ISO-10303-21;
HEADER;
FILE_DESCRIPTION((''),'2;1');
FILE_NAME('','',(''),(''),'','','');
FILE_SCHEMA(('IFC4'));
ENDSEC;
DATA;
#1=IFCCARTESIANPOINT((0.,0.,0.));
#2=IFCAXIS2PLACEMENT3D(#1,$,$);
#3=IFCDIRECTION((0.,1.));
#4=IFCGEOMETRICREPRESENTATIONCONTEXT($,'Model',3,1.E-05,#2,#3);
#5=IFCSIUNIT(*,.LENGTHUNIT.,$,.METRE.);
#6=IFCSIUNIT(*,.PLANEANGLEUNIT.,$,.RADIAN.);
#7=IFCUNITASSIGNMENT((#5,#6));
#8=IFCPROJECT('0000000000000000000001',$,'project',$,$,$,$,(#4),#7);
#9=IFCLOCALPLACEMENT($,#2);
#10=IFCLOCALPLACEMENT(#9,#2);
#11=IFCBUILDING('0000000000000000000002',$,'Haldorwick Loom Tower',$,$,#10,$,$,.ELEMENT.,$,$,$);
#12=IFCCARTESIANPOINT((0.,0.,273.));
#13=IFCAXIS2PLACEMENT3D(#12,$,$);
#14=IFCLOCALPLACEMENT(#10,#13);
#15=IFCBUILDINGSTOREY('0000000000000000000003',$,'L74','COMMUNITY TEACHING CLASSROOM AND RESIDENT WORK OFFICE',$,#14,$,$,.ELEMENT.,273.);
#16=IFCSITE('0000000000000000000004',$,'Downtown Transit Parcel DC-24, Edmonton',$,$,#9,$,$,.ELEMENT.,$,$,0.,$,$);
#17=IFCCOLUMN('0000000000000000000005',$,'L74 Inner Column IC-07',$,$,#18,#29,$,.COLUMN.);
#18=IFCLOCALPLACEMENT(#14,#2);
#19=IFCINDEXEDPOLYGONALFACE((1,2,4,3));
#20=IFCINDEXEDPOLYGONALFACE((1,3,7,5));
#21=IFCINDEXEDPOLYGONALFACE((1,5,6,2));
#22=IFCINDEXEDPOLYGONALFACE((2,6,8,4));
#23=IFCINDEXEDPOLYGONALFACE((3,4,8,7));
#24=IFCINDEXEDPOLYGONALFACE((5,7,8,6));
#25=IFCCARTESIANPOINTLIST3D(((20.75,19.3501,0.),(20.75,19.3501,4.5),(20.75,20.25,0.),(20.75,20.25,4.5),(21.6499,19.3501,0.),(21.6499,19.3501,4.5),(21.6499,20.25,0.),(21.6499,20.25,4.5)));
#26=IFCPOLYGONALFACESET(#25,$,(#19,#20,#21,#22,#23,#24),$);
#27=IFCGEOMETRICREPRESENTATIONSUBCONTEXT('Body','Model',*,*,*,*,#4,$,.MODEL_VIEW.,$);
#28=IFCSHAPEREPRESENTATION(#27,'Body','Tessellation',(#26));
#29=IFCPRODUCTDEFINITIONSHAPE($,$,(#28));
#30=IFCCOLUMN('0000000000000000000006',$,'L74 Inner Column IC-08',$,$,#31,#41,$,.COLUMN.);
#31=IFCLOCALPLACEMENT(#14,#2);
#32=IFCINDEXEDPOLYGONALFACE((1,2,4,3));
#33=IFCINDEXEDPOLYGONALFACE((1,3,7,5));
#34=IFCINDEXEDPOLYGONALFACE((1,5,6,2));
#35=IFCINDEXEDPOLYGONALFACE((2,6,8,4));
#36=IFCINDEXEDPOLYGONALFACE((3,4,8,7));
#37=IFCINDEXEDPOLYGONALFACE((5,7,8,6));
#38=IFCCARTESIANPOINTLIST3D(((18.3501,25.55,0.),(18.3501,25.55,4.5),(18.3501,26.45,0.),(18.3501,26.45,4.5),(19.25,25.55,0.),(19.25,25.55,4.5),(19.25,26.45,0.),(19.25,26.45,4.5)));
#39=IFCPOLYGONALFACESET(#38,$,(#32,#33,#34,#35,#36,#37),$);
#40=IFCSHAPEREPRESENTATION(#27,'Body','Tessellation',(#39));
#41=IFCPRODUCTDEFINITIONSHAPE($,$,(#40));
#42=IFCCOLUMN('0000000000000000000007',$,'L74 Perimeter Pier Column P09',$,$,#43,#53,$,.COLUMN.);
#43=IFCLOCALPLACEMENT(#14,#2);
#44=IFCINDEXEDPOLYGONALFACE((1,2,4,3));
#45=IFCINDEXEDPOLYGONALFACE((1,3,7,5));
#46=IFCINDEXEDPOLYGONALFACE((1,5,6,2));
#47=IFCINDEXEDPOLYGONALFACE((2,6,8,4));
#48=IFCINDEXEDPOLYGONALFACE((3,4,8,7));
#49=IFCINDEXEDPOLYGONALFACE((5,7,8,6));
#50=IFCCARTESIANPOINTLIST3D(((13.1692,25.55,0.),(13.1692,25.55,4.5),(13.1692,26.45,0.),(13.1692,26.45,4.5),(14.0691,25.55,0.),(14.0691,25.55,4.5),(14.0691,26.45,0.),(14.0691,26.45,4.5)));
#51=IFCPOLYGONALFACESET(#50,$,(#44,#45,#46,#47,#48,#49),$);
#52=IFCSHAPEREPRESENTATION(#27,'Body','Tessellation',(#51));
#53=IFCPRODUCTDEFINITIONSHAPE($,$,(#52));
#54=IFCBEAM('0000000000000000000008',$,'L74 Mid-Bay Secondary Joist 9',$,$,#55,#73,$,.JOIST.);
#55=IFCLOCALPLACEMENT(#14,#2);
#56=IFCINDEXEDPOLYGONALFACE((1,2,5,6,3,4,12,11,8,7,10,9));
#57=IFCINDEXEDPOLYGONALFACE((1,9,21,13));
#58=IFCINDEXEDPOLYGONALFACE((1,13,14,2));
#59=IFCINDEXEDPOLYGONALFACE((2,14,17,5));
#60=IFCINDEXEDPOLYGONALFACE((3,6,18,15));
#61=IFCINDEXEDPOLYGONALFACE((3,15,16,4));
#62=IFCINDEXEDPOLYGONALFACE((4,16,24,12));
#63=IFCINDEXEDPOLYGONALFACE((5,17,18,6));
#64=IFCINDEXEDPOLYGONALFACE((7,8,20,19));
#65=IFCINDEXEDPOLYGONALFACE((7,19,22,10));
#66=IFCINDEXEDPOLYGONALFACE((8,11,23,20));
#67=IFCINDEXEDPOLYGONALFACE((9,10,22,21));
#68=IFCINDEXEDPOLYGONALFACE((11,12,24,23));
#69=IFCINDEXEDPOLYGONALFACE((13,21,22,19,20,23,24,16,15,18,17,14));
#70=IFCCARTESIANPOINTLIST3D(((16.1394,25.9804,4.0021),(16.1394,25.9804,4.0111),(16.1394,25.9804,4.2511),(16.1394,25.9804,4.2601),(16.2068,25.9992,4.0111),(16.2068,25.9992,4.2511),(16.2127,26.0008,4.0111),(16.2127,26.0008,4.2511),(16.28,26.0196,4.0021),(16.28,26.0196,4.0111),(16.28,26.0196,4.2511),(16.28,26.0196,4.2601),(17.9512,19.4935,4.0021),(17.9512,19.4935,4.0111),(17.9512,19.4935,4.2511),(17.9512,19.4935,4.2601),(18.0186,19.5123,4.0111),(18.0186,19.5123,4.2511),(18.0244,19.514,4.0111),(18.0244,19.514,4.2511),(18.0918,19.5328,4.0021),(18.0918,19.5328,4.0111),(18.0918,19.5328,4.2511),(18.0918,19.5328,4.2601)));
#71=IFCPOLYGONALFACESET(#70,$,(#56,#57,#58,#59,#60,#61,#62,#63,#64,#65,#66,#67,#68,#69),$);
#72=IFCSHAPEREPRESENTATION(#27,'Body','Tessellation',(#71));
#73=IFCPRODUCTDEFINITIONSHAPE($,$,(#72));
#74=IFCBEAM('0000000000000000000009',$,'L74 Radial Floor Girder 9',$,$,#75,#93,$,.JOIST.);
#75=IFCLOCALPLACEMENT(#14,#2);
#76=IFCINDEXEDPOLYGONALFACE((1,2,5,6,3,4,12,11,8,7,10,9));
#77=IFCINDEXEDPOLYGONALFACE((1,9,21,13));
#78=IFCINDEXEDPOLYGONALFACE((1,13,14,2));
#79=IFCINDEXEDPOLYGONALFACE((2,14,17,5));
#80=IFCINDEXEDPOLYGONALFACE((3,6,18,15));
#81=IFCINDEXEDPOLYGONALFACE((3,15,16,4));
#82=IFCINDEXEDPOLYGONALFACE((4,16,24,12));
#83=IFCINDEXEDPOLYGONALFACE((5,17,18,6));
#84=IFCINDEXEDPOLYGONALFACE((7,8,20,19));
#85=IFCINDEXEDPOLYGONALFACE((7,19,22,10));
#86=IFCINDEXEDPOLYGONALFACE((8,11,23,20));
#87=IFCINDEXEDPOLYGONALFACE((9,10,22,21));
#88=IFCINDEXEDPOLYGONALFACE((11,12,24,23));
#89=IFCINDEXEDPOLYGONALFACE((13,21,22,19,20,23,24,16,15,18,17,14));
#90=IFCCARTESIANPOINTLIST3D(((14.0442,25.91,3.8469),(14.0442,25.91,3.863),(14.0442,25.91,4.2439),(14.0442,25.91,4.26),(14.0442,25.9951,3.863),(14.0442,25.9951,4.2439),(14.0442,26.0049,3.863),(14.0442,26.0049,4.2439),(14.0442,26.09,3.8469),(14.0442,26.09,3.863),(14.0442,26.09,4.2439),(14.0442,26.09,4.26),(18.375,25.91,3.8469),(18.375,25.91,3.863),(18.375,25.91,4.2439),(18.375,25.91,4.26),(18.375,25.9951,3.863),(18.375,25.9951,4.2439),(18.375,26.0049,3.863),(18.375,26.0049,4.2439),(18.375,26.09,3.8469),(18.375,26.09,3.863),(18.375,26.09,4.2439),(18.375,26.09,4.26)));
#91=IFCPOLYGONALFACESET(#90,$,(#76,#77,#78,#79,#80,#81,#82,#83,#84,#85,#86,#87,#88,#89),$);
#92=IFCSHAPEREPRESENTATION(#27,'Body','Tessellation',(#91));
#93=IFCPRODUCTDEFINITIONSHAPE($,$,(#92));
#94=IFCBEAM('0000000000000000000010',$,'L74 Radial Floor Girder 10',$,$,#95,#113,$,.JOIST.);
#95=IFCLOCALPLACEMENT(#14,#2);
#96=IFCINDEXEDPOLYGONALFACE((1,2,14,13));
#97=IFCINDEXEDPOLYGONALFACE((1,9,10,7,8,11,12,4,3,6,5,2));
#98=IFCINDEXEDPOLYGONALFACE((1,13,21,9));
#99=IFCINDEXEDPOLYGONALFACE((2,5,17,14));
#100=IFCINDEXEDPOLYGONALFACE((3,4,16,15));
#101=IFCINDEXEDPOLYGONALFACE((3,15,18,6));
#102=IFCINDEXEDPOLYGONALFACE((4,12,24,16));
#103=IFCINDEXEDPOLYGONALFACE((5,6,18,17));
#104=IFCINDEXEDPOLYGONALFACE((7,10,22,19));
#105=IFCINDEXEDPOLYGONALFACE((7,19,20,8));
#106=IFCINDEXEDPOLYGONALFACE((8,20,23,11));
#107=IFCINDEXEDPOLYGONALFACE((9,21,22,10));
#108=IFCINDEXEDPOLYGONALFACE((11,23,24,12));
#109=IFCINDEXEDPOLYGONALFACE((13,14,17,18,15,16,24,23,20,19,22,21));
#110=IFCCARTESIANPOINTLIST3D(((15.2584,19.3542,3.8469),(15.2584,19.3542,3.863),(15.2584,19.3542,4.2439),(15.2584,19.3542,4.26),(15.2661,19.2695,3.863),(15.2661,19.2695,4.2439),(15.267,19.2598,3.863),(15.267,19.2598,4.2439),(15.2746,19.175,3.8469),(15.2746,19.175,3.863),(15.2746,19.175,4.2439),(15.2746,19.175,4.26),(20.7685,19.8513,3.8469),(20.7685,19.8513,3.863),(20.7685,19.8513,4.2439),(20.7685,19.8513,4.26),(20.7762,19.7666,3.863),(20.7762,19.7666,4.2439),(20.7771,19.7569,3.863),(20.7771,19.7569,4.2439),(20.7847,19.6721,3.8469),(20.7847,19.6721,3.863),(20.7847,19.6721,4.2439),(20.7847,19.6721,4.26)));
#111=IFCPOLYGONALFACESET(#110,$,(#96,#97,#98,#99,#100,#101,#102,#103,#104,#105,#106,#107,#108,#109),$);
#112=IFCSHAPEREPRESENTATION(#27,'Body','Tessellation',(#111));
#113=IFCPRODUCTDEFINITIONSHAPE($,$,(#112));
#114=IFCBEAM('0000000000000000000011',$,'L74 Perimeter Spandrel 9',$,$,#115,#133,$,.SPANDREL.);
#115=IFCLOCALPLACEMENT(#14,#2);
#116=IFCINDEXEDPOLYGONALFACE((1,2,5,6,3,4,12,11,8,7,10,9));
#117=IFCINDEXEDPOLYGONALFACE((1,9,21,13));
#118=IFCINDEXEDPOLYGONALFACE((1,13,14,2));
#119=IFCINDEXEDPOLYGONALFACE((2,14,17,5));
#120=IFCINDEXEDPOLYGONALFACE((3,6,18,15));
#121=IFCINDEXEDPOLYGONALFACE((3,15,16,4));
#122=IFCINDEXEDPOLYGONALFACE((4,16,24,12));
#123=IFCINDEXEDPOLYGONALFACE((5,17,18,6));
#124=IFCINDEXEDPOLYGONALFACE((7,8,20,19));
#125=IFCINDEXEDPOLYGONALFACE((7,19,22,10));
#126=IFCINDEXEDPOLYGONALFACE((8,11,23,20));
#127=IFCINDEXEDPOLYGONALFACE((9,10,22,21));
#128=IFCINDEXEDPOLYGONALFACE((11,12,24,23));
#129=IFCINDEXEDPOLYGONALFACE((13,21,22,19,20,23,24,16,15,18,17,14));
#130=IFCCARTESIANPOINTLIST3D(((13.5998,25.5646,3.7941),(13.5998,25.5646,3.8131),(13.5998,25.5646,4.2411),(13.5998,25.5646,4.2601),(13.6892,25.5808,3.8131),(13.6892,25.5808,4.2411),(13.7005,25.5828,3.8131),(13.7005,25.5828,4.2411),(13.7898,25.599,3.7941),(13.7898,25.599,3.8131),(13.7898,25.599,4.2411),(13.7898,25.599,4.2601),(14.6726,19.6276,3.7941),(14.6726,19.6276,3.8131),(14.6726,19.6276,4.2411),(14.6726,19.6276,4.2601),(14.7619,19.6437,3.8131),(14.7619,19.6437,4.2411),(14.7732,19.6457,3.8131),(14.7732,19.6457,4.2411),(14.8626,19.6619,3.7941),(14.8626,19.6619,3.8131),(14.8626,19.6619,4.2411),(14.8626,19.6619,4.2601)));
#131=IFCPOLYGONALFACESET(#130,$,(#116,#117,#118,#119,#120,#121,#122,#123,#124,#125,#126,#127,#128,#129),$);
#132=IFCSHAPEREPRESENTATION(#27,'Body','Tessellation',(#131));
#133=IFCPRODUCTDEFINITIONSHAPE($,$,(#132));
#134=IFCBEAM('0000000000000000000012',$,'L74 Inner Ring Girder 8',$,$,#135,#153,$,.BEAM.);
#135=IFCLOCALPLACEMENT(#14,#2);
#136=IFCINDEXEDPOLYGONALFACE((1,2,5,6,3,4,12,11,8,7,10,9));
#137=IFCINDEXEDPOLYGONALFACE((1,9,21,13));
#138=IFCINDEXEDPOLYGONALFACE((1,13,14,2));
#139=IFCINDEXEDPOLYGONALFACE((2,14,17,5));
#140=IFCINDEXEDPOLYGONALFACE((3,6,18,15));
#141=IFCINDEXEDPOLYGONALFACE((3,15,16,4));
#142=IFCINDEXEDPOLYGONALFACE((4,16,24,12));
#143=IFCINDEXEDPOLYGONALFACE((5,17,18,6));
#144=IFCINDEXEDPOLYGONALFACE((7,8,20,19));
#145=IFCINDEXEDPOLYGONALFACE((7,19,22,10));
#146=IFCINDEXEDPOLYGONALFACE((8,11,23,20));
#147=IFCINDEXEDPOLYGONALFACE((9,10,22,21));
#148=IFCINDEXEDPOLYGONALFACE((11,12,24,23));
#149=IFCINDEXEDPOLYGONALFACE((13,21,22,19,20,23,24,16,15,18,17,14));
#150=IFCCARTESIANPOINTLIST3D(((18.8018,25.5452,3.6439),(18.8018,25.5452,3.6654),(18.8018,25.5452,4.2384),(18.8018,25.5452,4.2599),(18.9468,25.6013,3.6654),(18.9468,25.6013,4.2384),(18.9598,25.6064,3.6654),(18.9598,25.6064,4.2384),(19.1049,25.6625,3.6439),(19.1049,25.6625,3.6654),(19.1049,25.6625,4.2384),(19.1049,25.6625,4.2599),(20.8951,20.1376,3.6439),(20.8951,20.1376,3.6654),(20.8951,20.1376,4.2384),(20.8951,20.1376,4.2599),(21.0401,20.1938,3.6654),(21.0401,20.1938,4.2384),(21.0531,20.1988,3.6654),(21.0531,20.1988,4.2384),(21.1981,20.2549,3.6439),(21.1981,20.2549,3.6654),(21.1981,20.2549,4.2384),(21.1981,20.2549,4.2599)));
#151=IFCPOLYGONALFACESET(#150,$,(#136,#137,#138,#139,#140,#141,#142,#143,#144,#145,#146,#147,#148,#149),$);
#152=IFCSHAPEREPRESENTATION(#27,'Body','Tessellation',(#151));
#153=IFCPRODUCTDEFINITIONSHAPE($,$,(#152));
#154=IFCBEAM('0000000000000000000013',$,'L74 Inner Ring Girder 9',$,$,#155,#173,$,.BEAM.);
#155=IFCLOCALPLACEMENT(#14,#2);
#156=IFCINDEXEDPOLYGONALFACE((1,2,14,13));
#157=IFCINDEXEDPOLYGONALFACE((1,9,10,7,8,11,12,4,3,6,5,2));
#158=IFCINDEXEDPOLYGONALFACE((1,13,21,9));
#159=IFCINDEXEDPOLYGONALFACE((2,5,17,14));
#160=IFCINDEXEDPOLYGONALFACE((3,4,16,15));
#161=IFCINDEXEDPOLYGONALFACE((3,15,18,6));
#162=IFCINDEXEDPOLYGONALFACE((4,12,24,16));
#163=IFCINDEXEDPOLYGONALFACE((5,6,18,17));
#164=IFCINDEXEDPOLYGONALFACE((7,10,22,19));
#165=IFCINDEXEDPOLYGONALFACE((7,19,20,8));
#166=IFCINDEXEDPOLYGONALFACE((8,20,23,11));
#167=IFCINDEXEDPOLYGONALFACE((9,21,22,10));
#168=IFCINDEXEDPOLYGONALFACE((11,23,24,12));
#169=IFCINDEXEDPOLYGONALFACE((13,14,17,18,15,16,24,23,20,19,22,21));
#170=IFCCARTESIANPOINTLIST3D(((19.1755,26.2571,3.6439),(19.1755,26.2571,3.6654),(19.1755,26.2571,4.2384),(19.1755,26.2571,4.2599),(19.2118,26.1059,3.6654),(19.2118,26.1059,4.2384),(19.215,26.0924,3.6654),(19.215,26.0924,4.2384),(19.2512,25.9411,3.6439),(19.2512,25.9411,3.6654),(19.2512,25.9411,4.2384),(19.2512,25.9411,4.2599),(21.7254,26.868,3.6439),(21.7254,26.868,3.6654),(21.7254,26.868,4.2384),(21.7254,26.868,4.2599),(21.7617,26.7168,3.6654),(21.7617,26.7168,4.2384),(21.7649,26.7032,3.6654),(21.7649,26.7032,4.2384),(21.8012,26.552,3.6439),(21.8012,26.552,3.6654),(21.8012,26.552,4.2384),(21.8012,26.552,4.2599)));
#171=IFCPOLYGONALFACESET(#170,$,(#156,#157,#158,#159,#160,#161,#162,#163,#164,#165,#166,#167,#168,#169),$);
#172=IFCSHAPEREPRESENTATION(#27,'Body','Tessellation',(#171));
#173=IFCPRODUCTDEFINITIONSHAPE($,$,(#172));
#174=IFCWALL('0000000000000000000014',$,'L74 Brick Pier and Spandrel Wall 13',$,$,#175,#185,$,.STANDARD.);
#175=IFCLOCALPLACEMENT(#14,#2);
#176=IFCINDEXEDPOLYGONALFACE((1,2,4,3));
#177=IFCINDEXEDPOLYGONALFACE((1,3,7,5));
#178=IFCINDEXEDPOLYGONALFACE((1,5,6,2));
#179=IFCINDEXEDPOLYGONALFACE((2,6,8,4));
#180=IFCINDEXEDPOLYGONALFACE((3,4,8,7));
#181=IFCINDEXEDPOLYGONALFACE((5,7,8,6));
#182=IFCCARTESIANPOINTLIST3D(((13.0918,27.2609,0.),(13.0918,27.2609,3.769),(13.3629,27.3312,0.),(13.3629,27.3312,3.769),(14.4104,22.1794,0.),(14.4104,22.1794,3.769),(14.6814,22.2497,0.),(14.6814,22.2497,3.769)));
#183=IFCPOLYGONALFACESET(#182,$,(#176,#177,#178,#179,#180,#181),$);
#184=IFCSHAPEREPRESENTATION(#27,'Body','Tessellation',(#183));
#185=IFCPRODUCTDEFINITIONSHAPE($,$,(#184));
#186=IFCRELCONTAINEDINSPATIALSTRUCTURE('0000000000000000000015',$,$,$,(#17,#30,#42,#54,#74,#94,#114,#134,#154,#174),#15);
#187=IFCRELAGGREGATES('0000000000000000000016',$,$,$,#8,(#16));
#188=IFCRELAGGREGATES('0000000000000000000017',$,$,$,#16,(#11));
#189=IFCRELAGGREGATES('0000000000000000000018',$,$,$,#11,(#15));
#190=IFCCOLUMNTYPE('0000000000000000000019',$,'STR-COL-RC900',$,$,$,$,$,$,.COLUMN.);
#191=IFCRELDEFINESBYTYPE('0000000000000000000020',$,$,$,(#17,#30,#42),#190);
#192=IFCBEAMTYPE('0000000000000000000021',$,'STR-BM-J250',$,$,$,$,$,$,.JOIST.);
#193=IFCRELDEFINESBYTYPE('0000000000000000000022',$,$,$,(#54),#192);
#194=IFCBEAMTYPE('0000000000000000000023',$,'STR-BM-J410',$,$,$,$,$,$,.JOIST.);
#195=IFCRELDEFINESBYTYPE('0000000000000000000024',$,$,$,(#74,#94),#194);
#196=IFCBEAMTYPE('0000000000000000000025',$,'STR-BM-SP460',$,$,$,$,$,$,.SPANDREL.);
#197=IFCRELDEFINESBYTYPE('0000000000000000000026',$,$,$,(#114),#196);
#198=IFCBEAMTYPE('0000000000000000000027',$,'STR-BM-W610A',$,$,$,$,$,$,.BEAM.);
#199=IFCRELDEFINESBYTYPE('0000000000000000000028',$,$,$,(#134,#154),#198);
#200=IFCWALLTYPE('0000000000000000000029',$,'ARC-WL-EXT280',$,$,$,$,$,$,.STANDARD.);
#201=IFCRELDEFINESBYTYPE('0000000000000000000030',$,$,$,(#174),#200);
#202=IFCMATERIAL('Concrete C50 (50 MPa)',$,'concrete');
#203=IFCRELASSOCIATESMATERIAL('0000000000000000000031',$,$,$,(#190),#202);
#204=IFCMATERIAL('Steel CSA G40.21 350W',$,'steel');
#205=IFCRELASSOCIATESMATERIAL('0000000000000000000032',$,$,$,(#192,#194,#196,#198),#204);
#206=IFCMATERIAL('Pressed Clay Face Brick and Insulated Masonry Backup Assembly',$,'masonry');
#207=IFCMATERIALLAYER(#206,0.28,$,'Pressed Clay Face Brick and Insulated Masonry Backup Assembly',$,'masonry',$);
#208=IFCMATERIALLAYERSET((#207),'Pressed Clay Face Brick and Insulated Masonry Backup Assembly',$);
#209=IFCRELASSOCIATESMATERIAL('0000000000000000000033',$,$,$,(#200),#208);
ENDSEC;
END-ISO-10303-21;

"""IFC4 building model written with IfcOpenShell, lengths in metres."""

from ifc_helpers import new_model, si_unit, direction, frame, frame_2d, origin, origin_2d, place, context, subcontext, project, spatial, rectangle, i_section, extrude, material, layer, layer_set, material_profile, profile_set, type_object, element, save


model = new_model("IFC4")

# Units and contexts
model_context = context("Model", 3, precision=1e-05, world=origin(), true_north=direction((0.0, 1.0)))
body_context = subcontext(model_context, "Body", "Model", "MODEL_VIEW")
ifc_project = project(units=[si_unit("LENGTHUNIT", "METRE"), si_unit("PLANEANGLEUNIT", "RADIAN")], contexts=[model_context])

# Site, building, storey
site_placement = place(None, origin())
site = spatial("IfcSite", under=ifc_project, at=site_placement, Name="Downtown Transit Parcel DC-24, Edmonton", CompositionType="ELEMENT", RefElevation=0.0)
building_placement = place(site_placement, origin())
building = spatial("IfcBuilding", under=site, at=building_placement, Name="Haldorwick Loom Tower", CompositionType="ELEMENT")
storey_placement = place(building_placement, frame((0.0, 0.0, 273.0)))
storey = spatial("IfcBuildingStorey", under=building, at=storey_placement, Name="L74", Description="COMMUNITY TEACHING CLASSROOM AND RESIDENT WORK OFFICE", CompositionType="ELEMENT", Elevation=273.0)

# Columns
ifc_material_1 = material(Name="Concrete C50 (50 MPa)", Category="concrete")
ifc_material_profile_1 = material_profile(ifc_material_1, rectangle(XDim=0.8999, YDim=0.8999, at=origin_2d()), Name="RC900X900", Category="concrete")
ifc_profile_set_1 = profile_set([ifc_material_profile_1], Name="Concrete C50 (50 MPa)")
column_type = type_object("IfcColumnType", Name="STR-COL-RC900", PredefinedType="COLUMN", material=ifc_profile_set_1)
for number, where, z_axis, x_axis, name in (
    (1, (21.2, 19.8, 0.0), (0.0, 0.0, 1.0), (1.0, 0.0, 0.0), "L74 Inner Column IC-07"),
    (2, (18.8, 26.0, 0.0), (0.0, 0.0, 1.0), (1.0, 0.0, 0.0), "L74 Inner Column IC-08"),
    (3, (13.6191, 26.0, 0.0), (0.0, 0.0, 1.0), (-1.0, 0.0, 0.0), "L74 Perimeter Pier Column P09"),
):
    element("IfcColumn", number, at=place(storey_placement, frame(where, z_axis=z_axis, x_axis=x_axis)), inside=storey, type_object=column_type, Name=name, PredefinedType="COLUMN", context=body_context, shape_type="SweptSolid", body=[
        extrude(rectangle(XDim=0.8999, YDim=0.8999, at=origin_2d()), origin(), (0.0, 0.0, 1.0), 4.5),
    ])

# Beams
ifc_material_2 = material(Name="Steel CSA G40.21 350W", Category="steel")
ifc_material_profile_2 = material_profile(ifc_material_2, i_section(OverallWidth=0.146, OverallDepth=0.2581, WebThickness=0.0061, FlangeThickness=0.009, at=origin_2d()), Name="W250X33", Category="steel")
ifc_profile_set_2 = profile_set([ifc_material_profile_2], Name="Steel CSA G40.21 350W")
beam_type_1 = type_object("IfcBeamType", Name="STR-BM-J250", PredefinedType="JOIST", material=ifc_profile_set_2)
beam_1_placement = place(storey_placement, frame((16.2097, 26.0, 4.1311), z_axis=(0.269005, -0.963139, 0.0), x_axis=(0.963139, 0.269005, 0.0)))
element("IfcBeam", 4, at=beam_1_placement, inside=storey, type_object=beam_type_1, Name="L74 Mid-Bay Secondary Joist 9", PredefinedType="JOIST", context=body_context, shape_type="SweptSolid", body=[
    extrude(i_section(OverallWidth=0.146, OverallDepth=0.2581, WebThickness=0.0061, FlangeThickness=0.009, at=origin_2d()), origin(), (0.0, 0.0, 1.0), 6.7351),
])
ifc_material_profile_3 = material_profile(ifc_material_2, i_section(OverallWidth=0.1799, OverallDepth=0.4131, WebThickness=0.0098, FlangeThickness=0.0161, at=origin_2d()), Name="W410X74", Category="steel")
ifc_profile_set_3 = profile_set([ifc_material_profile_3], Name="Steel CSA G40.21 350W")
beam_type_2 = type_object("IfcBeamType", Name="STR-BM-J410", PredefinedType="JOIST", material=ifc_profile_set_3)
beam_2_placement = place(storey_placement, frame((18.375, 26.0, 4.0535), z_axis=(-1.0, 0.0, 0.0), x_axis=(0.0, -1.0, 0.0)))
element("IfcBeam", 5, at=beam_2_placement, inside=storey, type_object=beam_type_2, Name="L74 Radial Floor Girder 9", PredefinedType="JOIST", context=body_context, shape_type="SweptSolid", body=[
    extrude(i_section(OverallWidth=0.1799, OverallDepth=0.4131, WebThickness=0.0098, FlangeThickness=0.0161, at=origin_2d()), origin(), (0.0, 0.0, 1.0), 4.3308),
])
beam_3_placement = place(storey_placement, frame((20.7766, 19.7617, 4.0535), z_axis=(-0.995956, -0.089847, 0.0), x_axis=(0.089847, -0.995956, 0.0)))
element("IfcBeam", 6, at=beam_3_placement, inside=storey, type_object=beam_type_2, Name="L74 Radial Floor Girder 10", PredefinedType="JOIST", context=body_context, shape_type="SweptSolid", body=[
    extrude(i_section(OverallWidth=0.1799, OverallDepth=0.4131, WebThickness=0.0098, FlangeThickness=0.0161, at=origin_2d()), origin(), (0.0, 0.0, 1.0), 5.5325),
])
ifc_material_profile_4 = material_profile(ifc_material_2, i_section(OverallWidth=0.1931, OverallDepth=0.4661, WebThickness=0.0115, FlangeThickness=0.019, at=origin_2d()), Name="W460X97", Category="steel")
ifc_profile_set_4 = profile_set([ifc_material_profile_4], Name="Steel CSA G40.21 350W")
beam_type_3 = type_object("IfcBeamType", Name="STR-BM-SP460", PredefinedType="SPANDREL", material=ifc_profile_set_4)
beam_4_placement = place(storey_placement, frame((13.6948, 25.5818, 4.0271), z_axis=(0.17781, -0.984065, 0.0), x_axis=(0.984065, 0.17781, 0.0)))
element("IfcBeam", 7, at=beam_4_placement, inside=storey, type_object=beam_type_3, Name="L74 Perimeter Spandrel 9", PredefinedType="SPANDREL", context=body_context, shape_type="SweptSolid", body=[
    extrude(i_section(OverallWidth=0.1931, OverallDepth=0.4661, WebThickness=0.0115, FlangeThickness=0.019, at=origin_2d()), origin(), (0.0, 0.0, 1.0), 6.0332),
])
ifc_material_profile_5 = material_profile(ifc_material_2, i_section(OverallWidth=0.325, OverallDepth=0.616, WebThickness=0.0139, FlangeThickness=0.0215, at=origin_2d()), Name="W610X174", Category="steel")
ifc_profile_set_5 = profile_set([ifc_material_profile_5], Name="Steel CSA G40.21 350W")
beam_type_4 = type_object("IfcBeamType", Name="STR-BM-W610A", PredefinedType="BEAM", material=ifc_profile_set_5)
beam_5_placement = place(storey_placement, frame((21.0466, 20.1963, 3.9519), z_axis=(-0.361001, 0.932565, 0.0), x_axis=(-0.932565, -0.361001, 0.0)))
element("IfcBeam", 8, at=beam_5_placement, inside=storey, type_object=beam_type_4, Name="L74 Inner Ring Girder 8", PredefinedType="BEAM", context=body_context, shape_type="SweptSolid", body=[
    extrude(i_section(OverallWidth=0.325, OverallDepth=0.616, WebThickness=0.0139, FlangeThickness=0.0215, at=origin_2d()), origin(), (0.0, 0.0, 1.0), 5.7986),
])
beam_6_placement = place(storey_placement, frame((19.2134, 26.0991, 3.9519), z_axis=(0.972484, 0.232971, 0.0), x_axis=(-0.232971, 0.972484, 0.0)))
element("IfcBeam", 9, at=beam_6_placement, inside=storey, type_object=beam_type_4, Name="L74 Inner Ring Girder 9", PredefinedType="BEAM", context=body_context, shape_type="SweptSolid", body=[
    extrude(i_section(OverallWidth=0.325, OverallDepth=0.616, WebThickness=0.0139, FlangeThickness=0.0215, at=origin_2d()), origin(), (0.0, 0.0, 1.0), 2.6221),
])

# Wall
ifc_material_3 = material(Name="Pressed Clay Face Brick and Insulated Masonry Backup Assembly", Category="masonry")
ifc_layer_1 = layer(ifc_material_3, 0.28, Name="Pressed Clay Face Brick and Insulated Masonry Backup Assembly", Category="masonry")
ifc_layer_set_1 = layer_set([ifc_layer_1], Name="Pressed Clay Face Brick and Insulated Masonry Backup Assembly")
wall_type_1 = type_object("IfcWallType", Name="ARC-WL-EXT280", PredefinedType="STANDARD", material=ifc_layer_set_1)
wall_1_placement = place(storey_placement, frame((13.2273, 27.2961, 0.0), z_axis=(0.0, 0.0, 1.0), x_axis=(0.25117, -0.967943, 0.0)))
element("IfcWall", 10, at=wall_1_placement, inside=storey, type_object=wall_type_1, Name="L74 Brick Pier and Spandrel Wall 13", PredefinedType="STANDARD", context=body_context, shape_type="SweptSolid", body=[
    extrude(rectangle(XDim=5.2498, YDim=0.28, at=frame_2d((2.625, 0.0))), origin(), (0.0, 0.0, 1.0), 3.769),
])

save(model, "model.ifc")
